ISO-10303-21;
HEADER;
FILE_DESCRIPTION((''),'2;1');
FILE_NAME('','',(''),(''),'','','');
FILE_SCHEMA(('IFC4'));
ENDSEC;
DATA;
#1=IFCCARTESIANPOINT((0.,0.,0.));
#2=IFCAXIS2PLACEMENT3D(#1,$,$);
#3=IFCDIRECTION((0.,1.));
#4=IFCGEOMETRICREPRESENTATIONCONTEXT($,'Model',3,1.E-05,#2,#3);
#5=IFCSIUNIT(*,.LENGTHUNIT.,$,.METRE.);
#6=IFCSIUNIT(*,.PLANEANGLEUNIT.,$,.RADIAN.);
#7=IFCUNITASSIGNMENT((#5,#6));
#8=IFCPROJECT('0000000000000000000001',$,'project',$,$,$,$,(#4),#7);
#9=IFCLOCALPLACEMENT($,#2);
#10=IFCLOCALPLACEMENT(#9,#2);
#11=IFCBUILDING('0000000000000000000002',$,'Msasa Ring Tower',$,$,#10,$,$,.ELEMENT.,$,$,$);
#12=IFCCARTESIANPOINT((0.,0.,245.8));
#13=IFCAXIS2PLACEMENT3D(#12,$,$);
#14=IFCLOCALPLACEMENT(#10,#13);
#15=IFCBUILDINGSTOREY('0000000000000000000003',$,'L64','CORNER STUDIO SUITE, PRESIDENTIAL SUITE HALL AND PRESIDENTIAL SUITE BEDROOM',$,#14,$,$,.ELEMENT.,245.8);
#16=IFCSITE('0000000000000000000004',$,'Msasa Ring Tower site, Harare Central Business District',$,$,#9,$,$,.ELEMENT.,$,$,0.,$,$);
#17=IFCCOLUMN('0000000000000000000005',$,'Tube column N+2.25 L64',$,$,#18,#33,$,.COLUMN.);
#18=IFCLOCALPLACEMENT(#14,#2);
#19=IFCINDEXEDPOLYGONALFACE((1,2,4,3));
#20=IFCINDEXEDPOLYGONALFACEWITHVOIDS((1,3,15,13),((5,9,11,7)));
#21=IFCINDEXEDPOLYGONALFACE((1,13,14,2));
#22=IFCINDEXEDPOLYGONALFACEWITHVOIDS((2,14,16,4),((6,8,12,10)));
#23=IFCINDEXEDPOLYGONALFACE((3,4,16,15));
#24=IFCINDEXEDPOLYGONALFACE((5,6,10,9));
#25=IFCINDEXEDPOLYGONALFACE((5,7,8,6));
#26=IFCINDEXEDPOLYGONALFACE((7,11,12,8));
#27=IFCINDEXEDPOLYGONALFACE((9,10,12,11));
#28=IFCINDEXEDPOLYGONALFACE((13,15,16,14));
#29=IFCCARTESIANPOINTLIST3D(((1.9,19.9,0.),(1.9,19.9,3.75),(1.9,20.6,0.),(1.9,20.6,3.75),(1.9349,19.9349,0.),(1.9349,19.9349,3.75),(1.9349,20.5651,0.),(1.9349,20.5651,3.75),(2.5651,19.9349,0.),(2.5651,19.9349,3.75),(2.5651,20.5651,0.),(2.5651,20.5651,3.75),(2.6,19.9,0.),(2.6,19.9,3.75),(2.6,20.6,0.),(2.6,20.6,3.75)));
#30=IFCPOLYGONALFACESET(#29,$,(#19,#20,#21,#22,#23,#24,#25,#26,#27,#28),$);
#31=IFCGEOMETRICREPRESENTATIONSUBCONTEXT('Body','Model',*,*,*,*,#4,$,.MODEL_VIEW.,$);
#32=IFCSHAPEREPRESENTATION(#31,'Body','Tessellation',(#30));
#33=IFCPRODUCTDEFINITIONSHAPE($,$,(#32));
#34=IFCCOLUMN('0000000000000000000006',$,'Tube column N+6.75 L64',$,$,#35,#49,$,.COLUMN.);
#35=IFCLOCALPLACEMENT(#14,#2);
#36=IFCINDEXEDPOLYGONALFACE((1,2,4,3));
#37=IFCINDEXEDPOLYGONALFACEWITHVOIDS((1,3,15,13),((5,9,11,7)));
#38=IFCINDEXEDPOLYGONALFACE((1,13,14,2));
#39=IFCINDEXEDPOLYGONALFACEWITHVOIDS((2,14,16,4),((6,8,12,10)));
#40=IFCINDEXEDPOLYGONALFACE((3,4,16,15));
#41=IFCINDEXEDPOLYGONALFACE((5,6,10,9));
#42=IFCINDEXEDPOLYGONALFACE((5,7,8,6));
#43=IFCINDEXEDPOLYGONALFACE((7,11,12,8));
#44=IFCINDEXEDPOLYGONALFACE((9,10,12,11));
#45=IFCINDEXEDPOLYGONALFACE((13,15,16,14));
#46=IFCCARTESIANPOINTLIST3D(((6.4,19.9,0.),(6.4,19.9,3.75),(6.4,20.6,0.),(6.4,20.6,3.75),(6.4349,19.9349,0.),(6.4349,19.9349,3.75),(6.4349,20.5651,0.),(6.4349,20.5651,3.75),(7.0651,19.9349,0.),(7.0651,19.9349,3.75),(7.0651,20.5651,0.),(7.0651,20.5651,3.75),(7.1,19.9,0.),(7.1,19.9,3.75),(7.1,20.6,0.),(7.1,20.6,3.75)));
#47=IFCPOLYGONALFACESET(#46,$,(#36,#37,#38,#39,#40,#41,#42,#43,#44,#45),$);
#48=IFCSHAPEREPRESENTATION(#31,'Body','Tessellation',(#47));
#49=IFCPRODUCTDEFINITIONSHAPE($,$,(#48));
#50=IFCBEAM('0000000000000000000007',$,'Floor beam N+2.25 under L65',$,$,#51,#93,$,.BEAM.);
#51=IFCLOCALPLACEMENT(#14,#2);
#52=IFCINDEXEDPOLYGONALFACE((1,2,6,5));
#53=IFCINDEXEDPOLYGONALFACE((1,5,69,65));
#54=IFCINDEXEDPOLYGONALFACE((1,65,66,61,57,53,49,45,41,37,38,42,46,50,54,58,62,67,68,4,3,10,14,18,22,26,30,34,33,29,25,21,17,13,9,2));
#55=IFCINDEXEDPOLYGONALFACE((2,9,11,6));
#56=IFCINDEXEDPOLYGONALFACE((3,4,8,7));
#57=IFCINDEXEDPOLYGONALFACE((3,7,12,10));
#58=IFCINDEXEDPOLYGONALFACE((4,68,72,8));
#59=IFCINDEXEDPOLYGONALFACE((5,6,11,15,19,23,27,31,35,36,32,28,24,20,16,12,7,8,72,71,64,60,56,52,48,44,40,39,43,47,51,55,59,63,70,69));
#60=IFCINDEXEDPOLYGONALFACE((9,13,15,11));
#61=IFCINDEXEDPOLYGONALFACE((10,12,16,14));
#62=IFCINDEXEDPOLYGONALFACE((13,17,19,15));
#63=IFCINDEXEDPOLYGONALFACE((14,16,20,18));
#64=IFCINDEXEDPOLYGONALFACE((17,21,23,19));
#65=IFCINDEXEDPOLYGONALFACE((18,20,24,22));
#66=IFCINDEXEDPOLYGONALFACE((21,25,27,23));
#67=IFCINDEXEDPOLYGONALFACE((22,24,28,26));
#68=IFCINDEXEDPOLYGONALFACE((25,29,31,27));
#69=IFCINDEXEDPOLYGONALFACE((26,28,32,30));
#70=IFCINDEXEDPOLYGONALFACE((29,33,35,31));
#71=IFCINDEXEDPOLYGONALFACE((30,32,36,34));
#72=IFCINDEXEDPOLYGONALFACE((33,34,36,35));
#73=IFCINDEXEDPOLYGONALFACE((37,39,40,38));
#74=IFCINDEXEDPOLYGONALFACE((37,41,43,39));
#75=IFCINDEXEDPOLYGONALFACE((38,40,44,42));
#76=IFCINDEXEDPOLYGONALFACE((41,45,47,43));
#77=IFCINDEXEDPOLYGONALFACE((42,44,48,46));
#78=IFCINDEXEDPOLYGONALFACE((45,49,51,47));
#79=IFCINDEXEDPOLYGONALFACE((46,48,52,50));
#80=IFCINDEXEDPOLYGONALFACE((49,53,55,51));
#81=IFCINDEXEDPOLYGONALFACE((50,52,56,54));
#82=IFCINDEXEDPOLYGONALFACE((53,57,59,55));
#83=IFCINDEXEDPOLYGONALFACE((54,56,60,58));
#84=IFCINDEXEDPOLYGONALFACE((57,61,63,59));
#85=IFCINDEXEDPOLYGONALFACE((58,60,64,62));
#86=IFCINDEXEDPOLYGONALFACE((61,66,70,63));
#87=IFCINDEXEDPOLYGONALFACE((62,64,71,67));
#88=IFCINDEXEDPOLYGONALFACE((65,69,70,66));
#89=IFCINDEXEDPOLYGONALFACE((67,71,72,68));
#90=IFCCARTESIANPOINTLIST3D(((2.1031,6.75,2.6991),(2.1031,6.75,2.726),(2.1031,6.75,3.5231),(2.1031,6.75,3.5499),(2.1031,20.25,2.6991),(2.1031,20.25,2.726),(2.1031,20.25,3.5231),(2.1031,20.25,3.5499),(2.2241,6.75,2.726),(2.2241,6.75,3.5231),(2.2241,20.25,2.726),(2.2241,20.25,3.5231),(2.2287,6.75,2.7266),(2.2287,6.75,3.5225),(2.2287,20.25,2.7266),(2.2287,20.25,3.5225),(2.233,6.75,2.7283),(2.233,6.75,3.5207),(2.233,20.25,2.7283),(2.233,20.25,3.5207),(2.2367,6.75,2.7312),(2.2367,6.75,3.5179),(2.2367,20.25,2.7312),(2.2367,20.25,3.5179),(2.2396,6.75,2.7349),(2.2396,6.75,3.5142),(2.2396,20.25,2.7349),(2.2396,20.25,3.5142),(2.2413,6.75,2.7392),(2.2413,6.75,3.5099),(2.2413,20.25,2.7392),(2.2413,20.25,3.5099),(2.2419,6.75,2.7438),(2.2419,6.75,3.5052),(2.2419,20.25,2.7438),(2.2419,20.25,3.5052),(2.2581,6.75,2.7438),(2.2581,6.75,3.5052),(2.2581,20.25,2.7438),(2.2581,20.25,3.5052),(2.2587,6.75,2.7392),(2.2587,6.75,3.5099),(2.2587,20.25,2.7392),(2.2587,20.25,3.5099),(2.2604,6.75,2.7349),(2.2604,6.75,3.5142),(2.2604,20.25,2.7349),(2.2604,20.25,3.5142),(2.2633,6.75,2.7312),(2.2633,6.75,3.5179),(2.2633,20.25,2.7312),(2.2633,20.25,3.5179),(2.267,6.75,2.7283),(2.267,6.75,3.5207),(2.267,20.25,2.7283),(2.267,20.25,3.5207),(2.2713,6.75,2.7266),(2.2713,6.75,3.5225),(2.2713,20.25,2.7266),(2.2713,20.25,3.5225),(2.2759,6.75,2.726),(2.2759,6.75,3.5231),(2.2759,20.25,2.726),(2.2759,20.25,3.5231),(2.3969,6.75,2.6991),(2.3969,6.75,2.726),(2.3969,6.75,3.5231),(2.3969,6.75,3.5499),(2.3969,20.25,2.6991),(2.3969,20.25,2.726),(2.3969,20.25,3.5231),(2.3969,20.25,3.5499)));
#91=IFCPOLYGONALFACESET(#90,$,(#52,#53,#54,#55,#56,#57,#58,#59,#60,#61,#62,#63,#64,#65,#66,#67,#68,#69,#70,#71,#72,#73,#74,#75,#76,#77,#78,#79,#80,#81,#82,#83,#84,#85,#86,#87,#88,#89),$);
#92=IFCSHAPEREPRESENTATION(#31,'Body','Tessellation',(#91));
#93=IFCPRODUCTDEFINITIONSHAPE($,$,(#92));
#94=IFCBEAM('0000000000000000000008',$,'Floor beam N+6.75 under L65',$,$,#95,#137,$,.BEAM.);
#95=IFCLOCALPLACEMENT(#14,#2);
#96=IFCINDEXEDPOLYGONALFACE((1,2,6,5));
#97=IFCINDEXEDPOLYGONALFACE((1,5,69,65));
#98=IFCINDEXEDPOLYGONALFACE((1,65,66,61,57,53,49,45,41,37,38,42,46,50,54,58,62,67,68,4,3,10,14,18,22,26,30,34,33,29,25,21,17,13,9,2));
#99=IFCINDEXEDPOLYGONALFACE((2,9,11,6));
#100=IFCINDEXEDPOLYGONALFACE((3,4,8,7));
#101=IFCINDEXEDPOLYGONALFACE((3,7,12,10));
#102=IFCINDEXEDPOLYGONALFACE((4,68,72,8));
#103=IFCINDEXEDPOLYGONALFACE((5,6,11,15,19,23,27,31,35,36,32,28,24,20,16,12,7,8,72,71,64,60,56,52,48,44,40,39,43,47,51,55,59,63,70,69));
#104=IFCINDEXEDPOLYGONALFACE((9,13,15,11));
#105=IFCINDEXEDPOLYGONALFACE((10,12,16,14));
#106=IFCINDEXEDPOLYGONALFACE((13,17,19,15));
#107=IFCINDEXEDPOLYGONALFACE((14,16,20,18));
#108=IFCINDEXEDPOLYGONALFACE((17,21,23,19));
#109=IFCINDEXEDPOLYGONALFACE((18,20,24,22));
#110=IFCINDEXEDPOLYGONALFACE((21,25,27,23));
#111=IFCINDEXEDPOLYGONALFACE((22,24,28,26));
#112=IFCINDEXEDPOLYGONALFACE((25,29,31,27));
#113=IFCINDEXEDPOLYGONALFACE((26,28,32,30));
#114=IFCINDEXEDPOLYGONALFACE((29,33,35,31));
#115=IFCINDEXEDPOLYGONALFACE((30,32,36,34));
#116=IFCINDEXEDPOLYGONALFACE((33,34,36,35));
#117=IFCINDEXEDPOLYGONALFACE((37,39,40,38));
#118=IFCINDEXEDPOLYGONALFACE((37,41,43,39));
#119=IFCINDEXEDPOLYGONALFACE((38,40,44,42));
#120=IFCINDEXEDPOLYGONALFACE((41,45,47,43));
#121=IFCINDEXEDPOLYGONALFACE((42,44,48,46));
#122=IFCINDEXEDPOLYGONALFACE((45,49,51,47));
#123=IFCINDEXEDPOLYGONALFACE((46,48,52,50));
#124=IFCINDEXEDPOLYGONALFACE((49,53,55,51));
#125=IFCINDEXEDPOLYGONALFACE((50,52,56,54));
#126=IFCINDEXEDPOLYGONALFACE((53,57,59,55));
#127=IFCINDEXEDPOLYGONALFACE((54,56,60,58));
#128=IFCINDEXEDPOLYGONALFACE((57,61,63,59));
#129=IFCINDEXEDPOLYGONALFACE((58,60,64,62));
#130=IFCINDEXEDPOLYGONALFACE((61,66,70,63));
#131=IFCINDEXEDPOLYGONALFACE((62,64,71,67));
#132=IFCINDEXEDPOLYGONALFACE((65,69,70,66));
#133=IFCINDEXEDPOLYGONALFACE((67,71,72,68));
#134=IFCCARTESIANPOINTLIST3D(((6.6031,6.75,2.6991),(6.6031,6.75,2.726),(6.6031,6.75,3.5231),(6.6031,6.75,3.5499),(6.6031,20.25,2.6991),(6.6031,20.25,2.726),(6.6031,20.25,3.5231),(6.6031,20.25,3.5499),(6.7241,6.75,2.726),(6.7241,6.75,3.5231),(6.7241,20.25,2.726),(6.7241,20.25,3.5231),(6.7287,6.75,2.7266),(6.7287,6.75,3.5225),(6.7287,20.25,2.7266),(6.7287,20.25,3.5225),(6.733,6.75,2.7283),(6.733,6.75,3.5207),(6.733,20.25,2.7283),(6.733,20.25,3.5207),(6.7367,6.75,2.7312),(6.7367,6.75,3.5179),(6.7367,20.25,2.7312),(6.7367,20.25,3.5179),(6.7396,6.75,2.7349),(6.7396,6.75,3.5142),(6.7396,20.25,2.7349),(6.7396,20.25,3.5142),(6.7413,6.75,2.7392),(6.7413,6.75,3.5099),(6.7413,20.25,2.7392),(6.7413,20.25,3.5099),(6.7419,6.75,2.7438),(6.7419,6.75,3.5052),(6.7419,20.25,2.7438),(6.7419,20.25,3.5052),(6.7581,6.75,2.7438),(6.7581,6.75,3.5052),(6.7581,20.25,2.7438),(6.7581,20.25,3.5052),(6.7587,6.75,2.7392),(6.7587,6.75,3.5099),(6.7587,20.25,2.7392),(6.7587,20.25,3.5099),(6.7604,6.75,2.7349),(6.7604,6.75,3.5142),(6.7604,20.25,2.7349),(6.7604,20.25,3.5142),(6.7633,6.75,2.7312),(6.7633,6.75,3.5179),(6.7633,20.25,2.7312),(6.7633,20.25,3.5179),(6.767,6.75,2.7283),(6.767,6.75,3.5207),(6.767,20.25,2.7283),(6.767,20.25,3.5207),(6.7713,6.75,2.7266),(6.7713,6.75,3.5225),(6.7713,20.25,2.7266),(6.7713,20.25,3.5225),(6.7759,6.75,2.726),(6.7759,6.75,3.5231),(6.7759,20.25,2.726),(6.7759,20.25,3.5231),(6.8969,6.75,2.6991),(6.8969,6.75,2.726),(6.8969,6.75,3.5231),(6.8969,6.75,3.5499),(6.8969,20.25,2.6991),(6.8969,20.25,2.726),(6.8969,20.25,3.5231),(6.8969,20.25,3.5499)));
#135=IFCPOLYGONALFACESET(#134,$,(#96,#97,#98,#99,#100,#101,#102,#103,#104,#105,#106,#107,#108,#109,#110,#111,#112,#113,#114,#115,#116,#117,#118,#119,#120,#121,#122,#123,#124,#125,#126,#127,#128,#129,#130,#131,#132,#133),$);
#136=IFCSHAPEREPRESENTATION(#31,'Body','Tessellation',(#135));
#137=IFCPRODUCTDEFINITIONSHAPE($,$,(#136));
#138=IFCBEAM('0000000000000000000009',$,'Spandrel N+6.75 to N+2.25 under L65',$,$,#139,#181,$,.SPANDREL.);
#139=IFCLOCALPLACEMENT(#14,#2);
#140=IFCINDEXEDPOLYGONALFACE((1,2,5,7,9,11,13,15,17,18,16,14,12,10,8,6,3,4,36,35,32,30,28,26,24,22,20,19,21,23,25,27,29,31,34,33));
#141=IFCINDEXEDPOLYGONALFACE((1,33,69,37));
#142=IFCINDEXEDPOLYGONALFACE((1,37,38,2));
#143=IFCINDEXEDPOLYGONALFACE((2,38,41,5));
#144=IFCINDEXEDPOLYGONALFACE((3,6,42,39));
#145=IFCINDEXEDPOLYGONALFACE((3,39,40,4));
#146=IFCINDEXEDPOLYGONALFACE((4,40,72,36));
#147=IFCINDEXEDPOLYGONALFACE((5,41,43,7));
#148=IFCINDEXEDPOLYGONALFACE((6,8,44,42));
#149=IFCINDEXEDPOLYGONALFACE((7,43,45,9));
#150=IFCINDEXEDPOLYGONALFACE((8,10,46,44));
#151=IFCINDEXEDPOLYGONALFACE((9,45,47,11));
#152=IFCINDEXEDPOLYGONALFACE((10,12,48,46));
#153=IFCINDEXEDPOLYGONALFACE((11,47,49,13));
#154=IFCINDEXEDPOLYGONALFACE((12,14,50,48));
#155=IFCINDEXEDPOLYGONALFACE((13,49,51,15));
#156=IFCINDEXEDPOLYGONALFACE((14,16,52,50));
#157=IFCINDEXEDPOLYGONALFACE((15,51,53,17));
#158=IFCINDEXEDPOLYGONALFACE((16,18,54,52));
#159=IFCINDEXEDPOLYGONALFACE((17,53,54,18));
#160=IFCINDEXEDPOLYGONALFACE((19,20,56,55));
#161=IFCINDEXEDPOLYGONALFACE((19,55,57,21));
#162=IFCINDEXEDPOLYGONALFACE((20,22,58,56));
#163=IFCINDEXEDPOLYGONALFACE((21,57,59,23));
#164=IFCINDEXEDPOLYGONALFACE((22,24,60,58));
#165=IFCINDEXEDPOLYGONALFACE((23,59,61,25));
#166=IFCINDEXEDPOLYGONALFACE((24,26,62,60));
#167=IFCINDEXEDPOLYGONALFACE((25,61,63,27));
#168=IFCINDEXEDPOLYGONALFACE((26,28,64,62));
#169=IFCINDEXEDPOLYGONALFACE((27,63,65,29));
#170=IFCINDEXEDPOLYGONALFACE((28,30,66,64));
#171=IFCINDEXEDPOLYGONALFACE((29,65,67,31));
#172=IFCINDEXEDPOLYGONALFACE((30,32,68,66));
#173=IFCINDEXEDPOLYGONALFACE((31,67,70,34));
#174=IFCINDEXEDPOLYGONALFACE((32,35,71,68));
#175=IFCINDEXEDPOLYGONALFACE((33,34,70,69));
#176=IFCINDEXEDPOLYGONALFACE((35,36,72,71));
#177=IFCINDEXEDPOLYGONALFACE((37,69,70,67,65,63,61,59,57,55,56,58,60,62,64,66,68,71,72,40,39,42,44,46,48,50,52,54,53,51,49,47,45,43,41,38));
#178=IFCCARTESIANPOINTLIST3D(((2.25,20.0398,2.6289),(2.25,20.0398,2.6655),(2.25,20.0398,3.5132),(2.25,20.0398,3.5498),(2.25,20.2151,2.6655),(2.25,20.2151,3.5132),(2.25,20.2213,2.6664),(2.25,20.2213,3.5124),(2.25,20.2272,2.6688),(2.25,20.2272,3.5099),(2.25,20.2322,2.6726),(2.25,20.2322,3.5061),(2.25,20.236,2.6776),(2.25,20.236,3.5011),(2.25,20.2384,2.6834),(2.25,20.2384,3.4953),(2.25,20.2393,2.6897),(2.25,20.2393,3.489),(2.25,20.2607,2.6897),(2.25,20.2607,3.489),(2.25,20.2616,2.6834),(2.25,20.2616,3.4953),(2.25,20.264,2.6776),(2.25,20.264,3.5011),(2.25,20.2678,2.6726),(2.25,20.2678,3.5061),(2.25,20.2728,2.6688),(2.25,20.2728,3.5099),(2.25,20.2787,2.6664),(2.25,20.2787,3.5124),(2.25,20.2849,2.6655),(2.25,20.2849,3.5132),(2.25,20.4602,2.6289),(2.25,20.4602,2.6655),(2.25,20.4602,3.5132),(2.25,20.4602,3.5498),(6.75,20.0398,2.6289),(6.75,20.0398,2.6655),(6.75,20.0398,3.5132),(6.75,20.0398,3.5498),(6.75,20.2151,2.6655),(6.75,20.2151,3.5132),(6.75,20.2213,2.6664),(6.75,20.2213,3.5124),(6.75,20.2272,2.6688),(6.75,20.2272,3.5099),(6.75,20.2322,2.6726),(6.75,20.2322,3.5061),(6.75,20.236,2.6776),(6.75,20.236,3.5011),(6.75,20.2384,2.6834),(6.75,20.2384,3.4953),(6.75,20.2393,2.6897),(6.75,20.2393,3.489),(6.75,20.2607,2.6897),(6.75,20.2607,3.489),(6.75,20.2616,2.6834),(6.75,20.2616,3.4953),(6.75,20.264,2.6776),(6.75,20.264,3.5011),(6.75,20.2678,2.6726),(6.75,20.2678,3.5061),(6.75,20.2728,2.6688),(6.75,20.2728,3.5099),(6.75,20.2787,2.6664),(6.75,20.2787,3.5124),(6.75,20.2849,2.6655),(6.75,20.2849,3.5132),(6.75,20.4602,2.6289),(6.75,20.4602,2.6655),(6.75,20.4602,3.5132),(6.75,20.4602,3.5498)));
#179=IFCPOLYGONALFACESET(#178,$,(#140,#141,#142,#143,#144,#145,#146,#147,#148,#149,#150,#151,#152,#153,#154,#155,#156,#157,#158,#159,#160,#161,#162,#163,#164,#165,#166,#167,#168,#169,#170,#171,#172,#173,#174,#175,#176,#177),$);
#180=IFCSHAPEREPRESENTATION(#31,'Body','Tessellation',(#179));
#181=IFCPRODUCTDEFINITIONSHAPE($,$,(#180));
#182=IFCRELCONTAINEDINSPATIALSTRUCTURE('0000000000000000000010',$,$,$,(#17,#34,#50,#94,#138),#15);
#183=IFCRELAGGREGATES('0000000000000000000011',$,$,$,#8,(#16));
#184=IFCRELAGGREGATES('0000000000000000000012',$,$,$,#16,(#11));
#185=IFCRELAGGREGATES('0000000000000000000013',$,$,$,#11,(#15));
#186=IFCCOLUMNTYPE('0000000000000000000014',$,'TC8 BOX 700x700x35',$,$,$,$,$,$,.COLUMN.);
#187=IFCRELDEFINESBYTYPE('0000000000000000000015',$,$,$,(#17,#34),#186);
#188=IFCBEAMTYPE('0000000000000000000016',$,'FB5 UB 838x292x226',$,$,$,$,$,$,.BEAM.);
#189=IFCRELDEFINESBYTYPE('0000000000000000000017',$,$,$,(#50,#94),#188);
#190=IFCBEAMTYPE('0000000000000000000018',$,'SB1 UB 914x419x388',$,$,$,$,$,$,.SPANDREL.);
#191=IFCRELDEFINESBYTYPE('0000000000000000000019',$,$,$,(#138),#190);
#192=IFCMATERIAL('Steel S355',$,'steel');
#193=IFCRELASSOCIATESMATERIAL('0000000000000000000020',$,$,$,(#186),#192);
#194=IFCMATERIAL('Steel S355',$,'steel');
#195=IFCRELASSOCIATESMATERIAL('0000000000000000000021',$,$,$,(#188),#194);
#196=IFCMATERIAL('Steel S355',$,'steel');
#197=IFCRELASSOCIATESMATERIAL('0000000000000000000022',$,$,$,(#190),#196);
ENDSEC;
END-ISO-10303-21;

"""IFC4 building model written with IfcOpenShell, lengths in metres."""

from ifc_helpers import new_model, si_unit, direction, frame, origin, origin_2d, place, context, subcontext, project, spatial, hollow_rectangle, i_section, extrude, material, material_profile, profile_set, type_object, element, save


model = new_model("IFC4")

# Units and contexts
model_context = context("Model", 3, precision=1e-05, world=origin(), true_north=direction((0.0, 1.0)))
body_context = subcontext(model_context, "Body", "Model", "MODEL_VIEW")
ifc_project = project(units=[si_unit("LENGTHUNIT", "METRE"), si_unit("PLANEANGLEUNIT", "RADIAN")], contexts=[model_context])

# Site, building, storey
site_placement = place(None, origin())
site = spatial("IfcSite", under=ifc_project, at=site_placement, Name="Msasa Ring Tower site, Harare Central Business District", CompositionType="ELEMENT", RefElevation=0.0)
building_placement = place(site_placement, origin())
building = spatial("IfcBuilding", under=site, at=building_placement, Name="Msasa Ring Tower", CompositionType="ELEMENT")
storey_placement = place(building_placement, frame((0.0, 0.0, 245.8)))
storey = spatial("IfcBuildingStorey", under=building, at=storey_placement, Name="L64", Description="CORNER STUDIO SUITE, PRESIDENTIAL SUITE HALL AND PRESIDENTIAL SUITE BEDROOM", CompositionType="ELEMENT", Elevation=245.8)

# Columns
ifc_material_1 = material(Name="Steel S355", Category="steel")
ifc_material_profile_1 = material_profile(ifc_material_1, hollow_rectangle(XDim=0.7, YDim=0.7, WallThickness=0.0349, at=origin_2d()), Name="BOX 700x700x35")
ifc_profile_set_1 = profile_set([ifc_material_profile_1], Name="Steel S355")
column_type = type_object("IfcColumnType", Name="TC8 BOX 700x700x35", PredefinedType="COLUMN", material=ifc_profile_set_1)
for number, where, z_axis, x_axis, name in (
    (1, (2.25, 20.25, 0.0), (0.0, 0.0, 1.0), (0.0, 1.0, 0.0), "Tube column N+2.25 L64"),
    (2, (6.75, 20.25, 0.0), (0.0, 0.0, 1.0), (0.0, 1.0, 0.0), "Tube column N+6.75 L64"),
):
    element("IfcColumn", number, at=place(storey_placement, frame(where, z_axis=z_axis, x_axis=x_axis)), inside=storey, type_object=column_type, Name=name, PredefinedType="COLUMN", context=body_context, shape_type="SweptSolid", body=[
        extrude(hollow_rectangle(XDim=0.7, YDim=0.7, WallThickness=0.0349, at=origin_2d()), origin(), (0.0, 0.0, 1.0), 3.75),
    ])

# Beams
ifc_material_2 = material(Name="Steel S355", Category="steel")
ifc_material_profile_2 = material_profile(ifc_material_2, i_section(OverallWidth=0.2937, OverallDepth=0.8508, WebThickness=0.0161, FlangeThickness=0.0269, FilletRadius=0.0178, at=origin_2d()), Name="UB 838x292x226")
ifc_profile_set_2 = profile_set([ifc_material_profile_2], Name="Steel S355")
beam_type_1 = type_object("IfcBeamType", Name="FB5 UB 838x292x226", PredefinedType="BEAM", material=ifc_profile_set_2)
for number, where, z_axis, x_axis, name in (
    (3, (2.25, 20.25, 3.1245), (0.0, -1.0, 0.0), (1.0, 0.0, 0.0), "Floor beam N+2.25 under L65"),
    (4, (6.75, 20.25, 3.1245), (0.0, -1.0, 0.0), (1.0, 0.0, 0.0), "Floor beam N+6.75 under L65"),
):
    element("IfcBeam", number, at=place(storey_placement, frame(where, z_axis=z_axis, x_axis=x_axis)), inside=storey, type_object=beam_type_1, Name=name, PredefinedType="BEAM", context=body_context, shape_type="SweptSolid", body=[
        extrude(i_section(OverallWidth=0.2937, OverallDepth=0.8508, WebThickness=0.0161, FlangeThickness=0.0269, FilletRadius=0.0178, at=origin_2d()), origin(), (0.0, 0.0, 1.0), 13.5),
    ])
ifc_material_3 = material(Name="Steel S355", Category="steel")
ifc_material_profile_3 = material_profile(ifc_material_3, i_section(OverallWidth=0.4204, OverallDepth=0.9209, WebThickness=0.0215, FlangeThickness=0.0366, FilletRadius=0.0242, at=origin_2d()), Name="UB 914x419x388")
ifc_profile_set_3 = profile_set([ifc_material_profile_3], Name="Steel S355")
beam_type_2 = type_object("IfcBeamType", Name="SB1 UB 914x419x388", PredefinedType="SPANDREL", material=ifc_profile_set_3)
for number, where, z_axis, x_axis, name in (
    (5, (6.75, 20.25, 3.0894), (-1.0, 0.0, 0.0), (0.0, -1.0, 0.0), "Spandrel N+6.75 to N+2.25 under L65"),
):
    element("IfcBeam", number, at=place(storey_placement, frame(where, z_axis=z_axis, x_axis=x_axis)), inside=storey, type_object=beam_type_2, Name=name, PredefinedType="SPANDREL", context=body_context, shape_type="SweptSolid", body=[
        extrude(i_section(OverallWidth=0.4204, OverallDepth=0.9209, WebThickness=0.0215, FlangeThickness=0.0366, FilletRadius=0.0242, at=origin_2d()), origin(), (0.0, 0.0, 1.0), 4.5),
    ])

save(model, "model.ifc")
